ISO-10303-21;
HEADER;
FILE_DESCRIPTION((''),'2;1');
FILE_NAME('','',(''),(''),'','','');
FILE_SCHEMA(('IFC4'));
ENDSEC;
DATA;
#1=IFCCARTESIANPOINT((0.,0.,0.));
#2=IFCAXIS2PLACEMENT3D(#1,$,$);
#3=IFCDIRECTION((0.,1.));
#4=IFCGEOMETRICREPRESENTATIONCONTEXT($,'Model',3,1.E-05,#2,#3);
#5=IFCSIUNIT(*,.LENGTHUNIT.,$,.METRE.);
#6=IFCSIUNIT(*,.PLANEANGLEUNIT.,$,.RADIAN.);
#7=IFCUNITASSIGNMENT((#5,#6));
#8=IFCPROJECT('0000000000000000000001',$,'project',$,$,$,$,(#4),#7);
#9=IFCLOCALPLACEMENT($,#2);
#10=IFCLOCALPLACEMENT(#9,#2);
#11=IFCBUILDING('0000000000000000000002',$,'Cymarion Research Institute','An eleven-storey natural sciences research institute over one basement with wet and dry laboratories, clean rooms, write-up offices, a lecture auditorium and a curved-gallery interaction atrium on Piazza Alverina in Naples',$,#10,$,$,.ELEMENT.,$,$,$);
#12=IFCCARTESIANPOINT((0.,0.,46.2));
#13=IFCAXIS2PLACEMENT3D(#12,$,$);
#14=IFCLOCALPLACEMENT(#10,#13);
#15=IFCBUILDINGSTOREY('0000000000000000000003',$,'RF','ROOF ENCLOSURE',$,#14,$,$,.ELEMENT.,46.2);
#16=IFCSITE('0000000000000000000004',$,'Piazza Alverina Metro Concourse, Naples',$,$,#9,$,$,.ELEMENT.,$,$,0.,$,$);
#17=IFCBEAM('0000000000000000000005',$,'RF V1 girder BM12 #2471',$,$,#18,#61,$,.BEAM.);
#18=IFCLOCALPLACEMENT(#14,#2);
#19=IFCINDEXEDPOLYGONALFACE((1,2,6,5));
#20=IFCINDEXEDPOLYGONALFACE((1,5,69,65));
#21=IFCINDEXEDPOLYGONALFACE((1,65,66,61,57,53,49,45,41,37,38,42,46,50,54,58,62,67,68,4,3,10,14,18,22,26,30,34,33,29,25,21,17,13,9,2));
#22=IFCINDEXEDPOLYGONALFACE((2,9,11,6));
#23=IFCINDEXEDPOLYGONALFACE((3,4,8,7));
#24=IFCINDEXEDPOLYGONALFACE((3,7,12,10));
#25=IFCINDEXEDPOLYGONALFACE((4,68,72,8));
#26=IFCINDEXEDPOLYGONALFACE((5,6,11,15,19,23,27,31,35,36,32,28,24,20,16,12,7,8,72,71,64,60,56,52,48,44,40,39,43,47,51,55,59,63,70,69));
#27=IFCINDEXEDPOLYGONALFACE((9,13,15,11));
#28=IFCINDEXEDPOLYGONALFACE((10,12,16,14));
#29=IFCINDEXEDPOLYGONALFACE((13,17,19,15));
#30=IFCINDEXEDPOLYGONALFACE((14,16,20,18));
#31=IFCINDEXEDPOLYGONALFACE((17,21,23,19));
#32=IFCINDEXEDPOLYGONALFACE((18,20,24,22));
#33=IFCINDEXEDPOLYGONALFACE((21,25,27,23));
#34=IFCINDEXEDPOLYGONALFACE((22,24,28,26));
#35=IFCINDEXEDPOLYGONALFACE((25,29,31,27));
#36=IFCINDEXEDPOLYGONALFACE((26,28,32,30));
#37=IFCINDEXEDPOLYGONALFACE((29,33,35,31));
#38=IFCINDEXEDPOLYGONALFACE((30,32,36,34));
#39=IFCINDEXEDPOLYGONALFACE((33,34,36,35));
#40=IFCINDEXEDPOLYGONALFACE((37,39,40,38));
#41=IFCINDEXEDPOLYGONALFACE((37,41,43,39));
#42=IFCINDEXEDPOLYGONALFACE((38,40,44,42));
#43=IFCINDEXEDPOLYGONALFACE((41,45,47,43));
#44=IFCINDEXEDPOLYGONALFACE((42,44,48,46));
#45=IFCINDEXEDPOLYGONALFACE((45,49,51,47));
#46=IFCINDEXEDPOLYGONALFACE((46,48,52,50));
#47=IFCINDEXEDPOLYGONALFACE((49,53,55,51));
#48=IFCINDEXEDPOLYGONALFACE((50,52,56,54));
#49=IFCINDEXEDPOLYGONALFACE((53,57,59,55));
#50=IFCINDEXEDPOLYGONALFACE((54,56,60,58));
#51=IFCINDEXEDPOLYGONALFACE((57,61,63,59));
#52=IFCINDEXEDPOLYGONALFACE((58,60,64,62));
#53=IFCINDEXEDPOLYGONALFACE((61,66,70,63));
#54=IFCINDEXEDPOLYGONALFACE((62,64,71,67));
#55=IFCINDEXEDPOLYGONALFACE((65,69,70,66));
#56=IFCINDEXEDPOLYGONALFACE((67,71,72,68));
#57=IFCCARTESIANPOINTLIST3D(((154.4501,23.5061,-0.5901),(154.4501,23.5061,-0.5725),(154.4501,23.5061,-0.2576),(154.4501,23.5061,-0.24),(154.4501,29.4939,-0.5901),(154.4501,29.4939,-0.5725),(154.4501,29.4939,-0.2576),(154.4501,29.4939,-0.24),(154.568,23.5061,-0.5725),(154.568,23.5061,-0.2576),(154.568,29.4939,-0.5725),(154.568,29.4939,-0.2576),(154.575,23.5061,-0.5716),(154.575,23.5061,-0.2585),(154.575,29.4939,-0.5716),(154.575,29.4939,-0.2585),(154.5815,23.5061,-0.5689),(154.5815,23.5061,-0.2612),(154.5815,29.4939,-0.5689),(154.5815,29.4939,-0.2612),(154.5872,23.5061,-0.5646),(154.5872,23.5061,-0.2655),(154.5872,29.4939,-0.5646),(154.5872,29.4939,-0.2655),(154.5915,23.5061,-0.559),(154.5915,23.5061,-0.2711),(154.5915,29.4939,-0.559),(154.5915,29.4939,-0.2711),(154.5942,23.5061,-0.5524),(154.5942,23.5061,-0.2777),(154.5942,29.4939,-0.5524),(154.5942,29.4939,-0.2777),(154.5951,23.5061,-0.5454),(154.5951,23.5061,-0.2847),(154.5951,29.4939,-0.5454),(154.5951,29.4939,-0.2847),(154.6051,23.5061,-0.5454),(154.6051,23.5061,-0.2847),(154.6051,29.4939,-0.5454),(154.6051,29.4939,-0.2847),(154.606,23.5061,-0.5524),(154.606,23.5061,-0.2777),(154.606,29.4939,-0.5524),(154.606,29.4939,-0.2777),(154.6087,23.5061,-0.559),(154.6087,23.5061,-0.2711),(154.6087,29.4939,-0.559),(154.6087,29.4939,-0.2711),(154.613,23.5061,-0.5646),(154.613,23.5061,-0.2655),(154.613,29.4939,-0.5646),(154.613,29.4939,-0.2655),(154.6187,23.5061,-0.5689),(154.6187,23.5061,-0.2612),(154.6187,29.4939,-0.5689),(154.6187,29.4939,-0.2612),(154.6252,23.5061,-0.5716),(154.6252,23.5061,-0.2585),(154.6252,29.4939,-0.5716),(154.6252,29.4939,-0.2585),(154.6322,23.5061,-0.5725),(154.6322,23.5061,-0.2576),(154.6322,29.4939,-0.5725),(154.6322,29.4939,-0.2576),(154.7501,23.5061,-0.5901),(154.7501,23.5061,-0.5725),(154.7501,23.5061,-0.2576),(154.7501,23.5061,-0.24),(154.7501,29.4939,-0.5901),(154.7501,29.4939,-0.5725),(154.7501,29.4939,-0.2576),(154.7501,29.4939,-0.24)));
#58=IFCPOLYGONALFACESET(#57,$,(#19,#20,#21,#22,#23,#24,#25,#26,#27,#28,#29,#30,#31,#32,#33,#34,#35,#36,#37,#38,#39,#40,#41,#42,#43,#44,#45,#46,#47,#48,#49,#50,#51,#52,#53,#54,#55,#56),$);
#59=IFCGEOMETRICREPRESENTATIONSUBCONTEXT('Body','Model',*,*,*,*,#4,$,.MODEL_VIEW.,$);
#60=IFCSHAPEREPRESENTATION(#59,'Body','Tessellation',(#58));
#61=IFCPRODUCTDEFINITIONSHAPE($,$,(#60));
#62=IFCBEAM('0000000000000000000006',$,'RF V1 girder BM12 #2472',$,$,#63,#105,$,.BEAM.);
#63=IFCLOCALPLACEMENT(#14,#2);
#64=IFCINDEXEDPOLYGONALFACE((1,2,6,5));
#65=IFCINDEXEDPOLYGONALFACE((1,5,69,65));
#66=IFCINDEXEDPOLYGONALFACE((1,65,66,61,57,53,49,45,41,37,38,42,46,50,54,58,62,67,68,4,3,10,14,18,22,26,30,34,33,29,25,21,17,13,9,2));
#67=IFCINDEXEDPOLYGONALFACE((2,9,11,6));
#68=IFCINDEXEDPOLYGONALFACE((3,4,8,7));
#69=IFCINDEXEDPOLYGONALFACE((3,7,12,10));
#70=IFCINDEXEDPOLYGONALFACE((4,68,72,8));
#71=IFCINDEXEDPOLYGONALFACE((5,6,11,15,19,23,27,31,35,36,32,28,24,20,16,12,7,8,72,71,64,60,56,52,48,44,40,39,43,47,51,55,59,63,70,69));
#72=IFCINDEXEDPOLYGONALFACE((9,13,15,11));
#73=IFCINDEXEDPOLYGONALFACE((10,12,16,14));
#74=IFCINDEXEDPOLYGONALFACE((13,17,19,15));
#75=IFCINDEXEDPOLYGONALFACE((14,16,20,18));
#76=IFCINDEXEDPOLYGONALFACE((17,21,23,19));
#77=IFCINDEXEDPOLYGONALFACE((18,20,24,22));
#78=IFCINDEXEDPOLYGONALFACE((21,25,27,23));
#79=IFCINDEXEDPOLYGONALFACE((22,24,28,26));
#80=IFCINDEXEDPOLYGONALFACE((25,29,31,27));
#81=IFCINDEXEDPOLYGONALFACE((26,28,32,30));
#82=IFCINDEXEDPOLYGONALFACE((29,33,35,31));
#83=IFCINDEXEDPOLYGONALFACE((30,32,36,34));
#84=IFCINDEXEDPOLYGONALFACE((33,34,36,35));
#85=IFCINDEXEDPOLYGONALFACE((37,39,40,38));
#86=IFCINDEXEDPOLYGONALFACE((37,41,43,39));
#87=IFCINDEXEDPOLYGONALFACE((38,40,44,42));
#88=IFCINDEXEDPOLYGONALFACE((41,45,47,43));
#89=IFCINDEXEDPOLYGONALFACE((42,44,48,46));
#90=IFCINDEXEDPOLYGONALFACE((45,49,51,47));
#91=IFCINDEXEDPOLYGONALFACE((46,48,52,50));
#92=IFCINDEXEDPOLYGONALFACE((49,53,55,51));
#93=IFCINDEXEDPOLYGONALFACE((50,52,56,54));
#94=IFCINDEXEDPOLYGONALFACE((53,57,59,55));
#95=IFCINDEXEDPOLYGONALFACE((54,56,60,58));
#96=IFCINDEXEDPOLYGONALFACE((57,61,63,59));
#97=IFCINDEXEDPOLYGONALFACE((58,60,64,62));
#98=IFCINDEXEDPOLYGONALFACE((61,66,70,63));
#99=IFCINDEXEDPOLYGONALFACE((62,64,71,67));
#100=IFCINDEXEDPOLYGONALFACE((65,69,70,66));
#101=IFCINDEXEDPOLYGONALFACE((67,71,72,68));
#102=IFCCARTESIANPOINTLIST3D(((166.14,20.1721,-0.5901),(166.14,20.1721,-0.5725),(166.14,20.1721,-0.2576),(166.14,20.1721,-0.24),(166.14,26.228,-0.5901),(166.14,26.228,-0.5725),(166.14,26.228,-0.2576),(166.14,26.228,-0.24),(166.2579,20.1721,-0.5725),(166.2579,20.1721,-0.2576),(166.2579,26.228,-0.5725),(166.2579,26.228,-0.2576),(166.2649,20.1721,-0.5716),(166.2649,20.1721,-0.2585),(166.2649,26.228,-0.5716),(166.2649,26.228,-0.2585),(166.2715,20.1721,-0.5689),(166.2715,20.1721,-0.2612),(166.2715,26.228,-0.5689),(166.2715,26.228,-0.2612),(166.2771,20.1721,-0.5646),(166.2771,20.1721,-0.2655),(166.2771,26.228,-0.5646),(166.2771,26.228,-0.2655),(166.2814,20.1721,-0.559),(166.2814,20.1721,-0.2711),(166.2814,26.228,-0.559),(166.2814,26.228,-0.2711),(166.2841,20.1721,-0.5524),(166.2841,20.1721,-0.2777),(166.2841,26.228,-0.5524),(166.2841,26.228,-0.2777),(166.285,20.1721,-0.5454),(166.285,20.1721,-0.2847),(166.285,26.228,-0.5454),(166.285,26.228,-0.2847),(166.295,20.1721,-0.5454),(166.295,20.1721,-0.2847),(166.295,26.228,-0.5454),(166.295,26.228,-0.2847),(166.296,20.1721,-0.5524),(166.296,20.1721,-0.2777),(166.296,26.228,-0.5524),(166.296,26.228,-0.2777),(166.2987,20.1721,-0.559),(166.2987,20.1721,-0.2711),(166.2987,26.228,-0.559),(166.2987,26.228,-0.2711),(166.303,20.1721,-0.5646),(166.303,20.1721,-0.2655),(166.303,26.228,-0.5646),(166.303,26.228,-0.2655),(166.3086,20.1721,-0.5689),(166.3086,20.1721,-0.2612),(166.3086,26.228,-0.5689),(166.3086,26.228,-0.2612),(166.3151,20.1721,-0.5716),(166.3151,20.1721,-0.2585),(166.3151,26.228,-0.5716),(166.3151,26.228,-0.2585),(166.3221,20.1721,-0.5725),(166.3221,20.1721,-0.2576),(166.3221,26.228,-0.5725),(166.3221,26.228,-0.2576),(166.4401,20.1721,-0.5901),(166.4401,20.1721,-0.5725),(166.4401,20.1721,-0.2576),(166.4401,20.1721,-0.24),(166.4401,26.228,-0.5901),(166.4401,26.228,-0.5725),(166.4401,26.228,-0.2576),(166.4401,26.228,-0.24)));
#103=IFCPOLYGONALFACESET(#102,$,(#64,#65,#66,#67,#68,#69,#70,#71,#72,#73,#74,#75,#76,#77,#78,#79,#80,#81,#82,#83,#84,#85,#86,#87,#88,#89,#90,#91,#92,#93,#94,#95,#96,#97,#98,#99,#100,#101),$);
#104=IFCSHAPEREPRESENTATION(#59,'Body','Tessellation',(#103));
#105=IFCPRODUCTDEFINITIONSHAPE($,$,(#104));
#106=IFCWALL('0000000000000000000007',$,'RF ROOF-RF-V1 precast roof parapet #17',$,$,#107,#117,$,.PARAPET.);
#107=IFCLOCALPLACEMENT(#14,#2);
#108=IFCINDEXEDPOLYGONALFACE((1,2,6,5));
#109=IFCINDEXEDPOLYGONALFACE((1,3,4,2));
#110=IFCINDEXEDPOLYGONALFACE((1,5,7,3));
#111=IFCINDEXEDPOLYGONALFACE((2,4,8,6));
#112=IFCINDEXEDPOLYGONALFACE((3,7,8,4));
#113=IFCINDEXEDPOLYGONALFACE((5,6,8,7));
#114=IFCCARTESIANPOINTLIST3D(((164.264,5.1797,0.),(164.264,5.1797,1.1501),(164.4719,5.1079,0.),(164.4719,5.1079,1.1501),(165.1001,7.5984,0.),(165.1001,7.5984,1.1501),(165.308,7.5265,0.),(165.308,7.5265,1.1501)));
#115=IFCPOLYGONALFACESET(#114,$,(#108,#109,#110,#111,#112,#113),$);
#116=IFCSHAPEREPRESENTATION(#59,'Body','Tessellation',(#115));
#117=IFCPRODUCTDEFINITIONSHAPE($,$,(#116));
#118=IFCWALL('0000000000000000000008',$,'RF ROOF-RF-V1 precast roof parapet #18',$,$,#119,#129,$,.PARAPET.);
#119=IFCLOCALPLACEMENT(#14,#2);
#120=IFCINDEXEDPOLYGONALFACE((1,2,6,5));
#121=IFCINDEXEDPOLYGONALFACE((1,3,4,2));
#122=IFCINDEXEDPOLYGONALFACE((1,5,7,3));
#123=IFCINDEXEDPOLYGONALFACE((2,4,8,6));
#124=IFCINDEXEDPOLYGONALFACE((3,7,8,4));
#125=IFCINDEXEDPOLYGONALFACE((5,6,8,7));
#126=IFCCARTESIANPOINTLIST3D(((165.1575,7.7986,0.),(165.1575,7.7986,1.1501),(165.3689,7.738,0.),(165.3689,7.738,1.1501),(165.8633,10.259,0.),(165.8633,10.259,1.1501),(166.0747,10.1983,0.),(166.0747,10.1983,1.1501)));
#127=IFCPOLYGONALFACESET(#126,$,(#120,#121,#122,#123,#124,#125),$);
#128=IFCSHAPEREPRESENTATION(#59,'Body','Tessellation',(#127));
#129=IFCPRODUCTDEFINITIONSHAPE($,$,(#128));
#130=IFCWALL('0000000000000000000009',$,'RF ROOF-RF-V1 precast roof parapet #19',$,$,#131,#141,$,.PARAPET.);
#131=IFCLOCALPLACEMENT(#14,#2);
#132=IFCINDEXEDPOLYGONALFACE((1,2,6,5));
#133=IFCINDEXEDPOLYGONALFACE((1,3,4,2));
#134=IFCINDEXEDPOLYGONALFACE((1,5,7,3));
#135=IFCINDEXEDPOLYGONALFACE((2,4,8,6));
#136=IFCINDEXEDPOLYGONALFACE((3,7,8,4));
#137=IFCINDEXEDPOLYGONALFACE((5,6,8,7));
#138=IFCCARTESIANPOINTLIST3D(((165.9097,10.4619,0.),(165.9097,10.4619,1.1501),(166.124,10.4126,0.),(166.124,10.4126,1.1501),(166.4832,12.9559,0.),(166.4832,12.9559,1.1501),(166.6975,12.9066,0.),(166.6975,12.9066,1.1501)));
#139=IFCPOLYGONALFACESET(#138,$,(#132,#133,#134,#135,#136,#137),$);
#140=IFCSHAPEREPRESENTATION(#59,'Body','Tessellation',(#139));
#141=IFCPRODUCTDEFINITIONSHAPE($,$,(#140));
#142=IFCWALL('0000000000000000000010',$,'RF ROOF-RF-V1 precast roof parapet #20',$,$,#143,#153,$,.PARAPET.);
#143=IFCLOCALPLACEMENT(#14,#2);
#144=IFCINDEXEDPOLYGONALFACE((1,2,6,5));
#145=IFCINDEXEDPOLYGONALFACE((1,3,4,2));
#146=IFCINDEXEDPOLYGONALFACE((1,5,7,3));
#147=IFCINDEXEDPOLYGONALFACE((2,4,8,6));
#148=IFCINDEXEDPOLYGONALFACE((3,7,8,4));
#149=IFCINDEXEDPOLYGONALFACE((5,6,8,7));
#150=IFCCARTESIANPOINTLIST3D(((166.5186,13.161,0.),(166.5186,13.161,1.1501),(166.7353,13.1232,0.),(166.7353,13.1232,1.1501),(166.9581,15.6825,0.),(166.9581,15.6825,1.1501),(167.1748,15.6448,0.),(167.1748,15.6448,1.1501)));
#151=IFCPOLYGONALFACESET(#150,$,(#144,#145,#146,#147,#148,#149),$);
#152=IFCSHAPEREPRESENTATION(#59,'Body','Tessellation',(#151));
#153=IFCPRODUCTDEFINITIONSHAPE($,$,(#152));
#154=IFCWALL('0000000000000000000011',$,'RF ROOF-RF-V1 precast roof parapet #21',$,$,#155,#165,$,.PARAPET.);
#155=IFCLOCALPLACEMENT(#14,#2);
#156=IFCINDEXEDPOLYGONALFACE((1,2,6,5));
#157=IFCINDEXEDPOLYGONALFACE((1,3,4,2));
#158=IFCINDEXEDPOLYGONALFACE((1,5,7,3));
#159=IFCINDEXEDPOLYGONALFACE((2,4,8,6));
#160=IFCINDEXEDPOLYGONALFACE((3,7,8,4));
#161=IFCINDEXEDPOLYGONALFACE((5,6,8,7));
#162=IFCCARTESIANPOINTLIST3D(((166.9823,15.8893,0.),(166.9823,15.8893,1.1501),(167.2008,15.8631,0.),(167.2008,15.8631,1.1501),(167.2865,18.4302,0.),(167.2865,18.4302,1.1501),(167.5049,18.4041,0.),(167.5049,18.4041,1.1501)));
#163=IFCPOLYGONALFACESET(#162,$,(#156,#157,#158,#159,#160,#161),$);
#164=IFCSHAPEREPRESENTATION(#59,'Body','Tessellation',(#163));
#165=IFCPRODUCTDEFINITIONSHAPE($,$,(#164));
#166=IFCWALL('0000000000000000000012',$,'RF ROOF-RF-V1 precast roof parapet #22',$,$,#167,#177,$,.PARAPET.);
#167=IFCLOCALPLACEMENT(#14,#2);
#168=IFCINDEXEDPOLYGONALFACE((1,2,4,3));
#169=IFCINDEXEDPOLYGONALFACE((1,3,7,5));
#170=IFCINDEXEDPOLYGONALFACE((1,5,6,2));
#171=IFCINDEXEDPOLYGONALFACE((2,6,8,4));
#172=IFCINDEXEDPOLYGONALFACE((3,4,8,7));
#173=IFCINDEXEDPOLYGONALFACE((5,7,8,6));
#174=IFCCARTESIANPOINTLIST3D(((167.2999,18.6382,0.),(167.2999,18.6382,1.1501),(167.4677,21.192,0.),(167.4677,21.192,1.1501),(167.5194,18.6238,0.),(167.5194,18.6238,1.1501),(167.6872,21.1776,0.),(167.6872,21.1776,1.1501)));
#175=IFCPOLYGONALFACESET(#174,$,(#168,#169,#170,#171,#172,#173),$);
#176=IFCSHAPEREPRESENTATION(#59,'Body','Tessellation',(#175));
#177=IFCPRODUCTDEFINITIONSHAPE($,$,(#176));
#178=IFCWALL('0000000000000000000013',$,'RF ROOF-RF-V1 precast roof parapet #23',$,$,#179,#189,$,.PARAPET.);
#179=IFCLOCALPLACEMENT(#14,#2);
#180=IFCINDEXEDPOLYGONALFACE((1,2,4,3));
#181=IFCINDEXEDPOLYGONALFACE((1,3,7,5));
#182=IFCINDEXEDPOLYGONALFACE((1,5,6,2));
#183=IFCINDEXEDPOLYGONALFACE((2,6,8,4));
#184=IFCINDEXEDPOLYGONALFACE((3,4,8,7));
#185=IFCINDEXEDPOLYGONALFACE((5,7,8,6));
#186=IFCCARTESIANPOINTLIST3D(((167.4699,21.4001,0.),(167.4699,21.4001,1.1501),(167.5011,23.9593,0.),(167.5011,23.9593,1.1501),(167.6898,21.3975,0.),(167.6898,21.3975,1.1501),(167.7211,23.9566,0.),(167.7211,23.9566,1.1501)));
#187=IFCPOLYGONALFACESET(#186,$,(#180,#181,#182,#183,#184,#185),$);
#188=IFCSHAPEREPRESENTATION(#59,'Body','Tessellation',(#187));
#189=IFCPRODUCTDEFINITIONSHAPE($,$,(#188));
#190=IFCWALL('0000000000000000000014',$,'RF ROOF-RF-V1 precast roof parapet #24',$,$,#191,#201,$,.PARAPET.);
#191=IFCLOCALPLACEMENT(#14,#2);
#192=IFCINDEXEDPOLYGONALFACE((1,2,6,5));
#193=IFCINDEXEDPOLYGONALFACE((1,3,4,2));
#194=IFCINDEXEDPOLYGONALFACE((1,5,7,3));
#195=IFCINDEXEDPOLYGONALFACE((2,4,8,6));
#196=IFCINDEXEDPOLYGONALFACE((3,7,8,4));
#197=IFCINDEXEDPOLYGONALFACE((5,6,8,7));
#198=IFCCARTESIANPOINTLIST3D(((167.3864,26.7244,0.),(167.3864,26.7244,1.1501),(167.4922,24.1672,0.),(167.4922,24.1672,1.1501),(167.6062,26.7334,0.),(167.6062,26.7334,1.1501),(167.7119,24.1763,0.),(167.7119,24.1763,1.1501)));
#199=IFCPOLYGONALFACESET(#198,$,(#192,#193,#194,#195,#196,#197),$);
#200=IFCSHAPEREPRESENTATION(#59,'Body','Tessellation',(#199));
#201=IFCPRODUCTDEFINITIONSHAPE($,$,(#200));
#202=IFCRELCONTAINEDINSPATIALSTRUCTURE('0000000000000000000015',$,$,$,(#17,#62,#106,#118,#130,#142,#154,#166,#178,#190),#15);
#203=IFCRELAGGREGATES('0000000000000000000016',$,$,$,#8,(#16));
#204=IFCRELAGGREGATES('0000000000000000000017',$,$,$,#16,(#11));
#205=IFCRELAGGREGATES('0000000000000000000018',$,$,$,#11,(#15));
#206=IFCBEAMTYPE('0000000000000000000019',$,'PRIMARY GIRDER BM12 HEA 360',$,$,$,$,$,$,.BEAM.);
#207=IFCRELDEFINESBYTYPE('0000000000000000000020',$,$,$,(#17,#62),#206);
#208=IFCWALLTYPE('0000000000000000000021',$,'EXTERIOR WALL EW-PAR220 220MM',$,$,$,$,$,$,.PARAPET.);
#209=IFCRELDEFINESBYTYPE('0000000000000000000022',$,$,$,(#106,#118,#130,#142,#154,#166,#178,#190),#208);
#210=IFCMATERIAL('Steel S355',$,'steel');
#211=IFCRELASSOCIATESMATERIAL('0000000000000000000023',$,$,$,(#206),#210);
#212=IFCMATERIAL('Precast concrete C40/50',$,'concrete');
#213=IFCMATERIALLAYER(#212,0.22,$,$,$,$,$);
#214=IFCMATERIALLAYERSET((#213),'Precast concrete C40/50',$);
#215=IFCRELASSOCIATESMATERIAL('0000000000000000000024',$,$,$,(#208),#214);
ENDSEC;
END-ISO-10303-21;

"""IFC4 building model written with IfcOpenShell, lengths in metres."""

from ifc_helpers import new_model, si_unit, direction, frame, frame_2d, origin, origin_2d, place, context, subcontext, project, spatial, rectangle, i_section, extrude, material, layer, layer_set, material_profile, profile_set, type_object, element, save


model = new_model("IFC4")

# Units and contexts
model_context = context("Model", 3, precision=1e-05, world=origin(), true_north=direction((0.0, 1.0)))
body_context = subcontext(model_context, "Body", "Model", "MODEL_VIEW")
ifc_project = project(units=[si_unit("LENGTHUNIT", "METRE"), si_unit("PLANEANGLEUNIT", "RADIAN")], contexts=[model_context])

# Site, building, storey
site_placement = place(None, origin())
site = spatial("IfcSite", under=ifc_project, at=site_placement, Name="Piazza Alverina Metro Concourse, Naples", CompositionType="ELEMENT", RefElevation=0.0)
building_placement = place(site_placement, origin())
building = spatial("IfcBuilding", under=site, at=building_placement, Name="Cymarion Research Institute", Description="An eleven-storey natural sciences research institute over one basement with wet and dry laboratories, clean rooms, write-up offices, a lecture auditorium and a curved-gallery interaction atrium on Piazza Alverina in Naples", CompositionType="ELEMENT")
storey_placement = place(building_placement, frame((0.0, 0.0, 46.2)))
storey = spatial("IfcBuildingStorey", under=building, at=storey_placement, Name="RF", Description="ROOF ENCLOSURE", CompositionType="ELEMENT", Elevation=46.2)

# Beams
ifc_material_1 = material(Name="Steel S355", Category="steel")
ifc_material_profile_1 = material_profile(ifc_material_1, i_section(OverallWidth=0.3, OverallDepth=0.3501, WebThickness=0.01, FlangeThickness=0.0176, FilletRadius=0.0271, at=origin_2d()), Name="HEA 360")
ifc_profile_set_1 = profile_set([ifc_material_profile_1], Name="Steel S355")
beam_type_1 = type_object("IfcBeamType", Name="PRIMARY GIRDER BM12 HEA 360", PredefinedType="BEAM", material=ifc_profile_set_1)
for number, where, z_axis, x_axis, name in (
    (1, (154.6001, 23.5061, -0.415), (0.0, 1.0, 0.0), (-1.0, 0.0, 0.0), "RF V1 girder BM12 #2471"),
):
    element("IfcBeam", number, at=place(storey_placement, frame(where, z_axis=z_axis, x_axis=x_axis)), inside=storey, type_object=beam_type_1, Name=name, PredefinedType="BEAM", context=body_context, shape_type="SweptSolid", body=[
        extrude(i_section(OverallWidth=0.3, OverallDepth=0.3501, WebThickness=0.01, FlangeThickness=0.0176, FilletRadius=0.0271, at=origin_2d()), origin(), (0.0, 0.0, 1.0), 5.9878),
    ])
beam_1_placement = place(storey_placement, frame((166.29, 20.1721, -0.415), z_axis=(0.0, 1.0, 0.0), x_axis=(-1.0, 0.0, 0.0)))
element("IfcBeam", 2, at=beam_1_placement, inside=storey, type_object=beam_type_1, Name="RF V1 girder BM12 #2472", PredefinedType="BEAM", context=body_context, shape_type="SweptSolid", body=[
    extrude(i_section(OverallWidth=0.3, OverallDepth=0.3501, WebThickness=0.01, FlangeThickness=0.0176, FilletRadius=0.0271, at=origin_2d()), origin(), (0.0, 0.0, 1.0), 6.0559),
])

# Walls
ifc_material_2 = material(Name="Precast concrete C40/50", Category="concrete")
ifc_layer = layer(ifc_material_2, 0.22)
ifc_layer_set = layer_set([ifc_layer], Name="Precast concrete C40/50")
wall_type = type_object("IfcWallType", Name="EXTERIOR WALL EW-PAR220 220MM", PredefinedType="PARAPET", material=ifc_layer_set)
wall_1_placement = place(storey_placement, frame((164.3679, 5.1438, 0.0), z_axis=(0.0, 0.0, 1.0), x_axis=(0.32674, 0.945114, 0.0)))
element("IfcWall", 3, at=wall_1_placement, inside=storey, type_object=wall_type, Name="RF ROOF-RF-V1 precast roof parapet #17", PredefinedType="PARAPET", context=body_context, shape_type="SweptSolid", body=[
    extrude(rectangle(XDim=2.5591, YDim=0.22, at=frame_2d((1.2795, 0.0))), origin(), (0.0, 0.0, 1.0), 1.1501),
])
wall_2_placement = place(storey_placement, frame((165.2632, 7.7683, 0.0), z_axis=(0.0, 0.0, 1.0), x_axis=(0.275767, 0.961225, 0.0)))
element("IfcWall", 4, at=wall_2_placement, inside=storey, type_object=wall_type, Name="RF ROOF-RF-V1 precast roof parapet #18", PredefinedType="PARAPET", context=body_context, shape_type="SweptSolid", body=[
    extrude(rectangle(XDim=2.5596, YDim=0.22, at=frame_2d((1.2798, 0.0))), origin(), (0.0, 0.0, 1.0), 1.1501),
])
wall_3_placement = place(storey_placement, frame((166.0168, 10.4373, 0.0), z_axis=(0.0, 0.0, 1.0), x_axis=(0.224107, 0.974565, 0.0)))
element("IfcWall", 5, at=wall_3_placement, inside=storey, type_object=wall_type, Name="RF ROOF-RF-V1 precast roof parapet #19", PredefinedType="PARAPET", context=body_context, shape_type="SweptSolid", body=[
    extrude(rectangle(XDim=2.5591, YDim=0.22, at=frame_2d((1.2795, 0.0))), origin(), (0.0, 0.0, 1.0), 1.1501),
])
wall_4_placement = place(storey_placement, frame((166.627, 13.1421, 0.0), z_axis=(0.0, 0.0, 1.0), x_axis=(0.171695, 0.98515, 0.0)))
element("IfcWall", 6, at=wall_4_placement, inside=storey, type_object=wall_type, Name="RF ROOF-RF-V1 precast roof parapet #20", PredefinedType="PARAPET", context=body_context, shape_type="SweptSolid", body=[
    extrude(rectangle(XDim=2.5596, YDim=0.22, at=frame_2d((1.2798, 0.0))), origin(), (0.0, 0.0, 1.0), 1.1501),
])
wall_5_placement = place(storey_placement, frame((167.0916, 15.8762, 0.0), z_axis=(0.0, 0.0, 1.0), x_axis=(0.118867, 0.99291, 0.0)))
element("IfcWall", 7, at=wall_5_placement, inside=storey, type_object=wall_type, Name="RF ROOF-RF-V1 precast roof parapet #21", PredefinedType="PARAPET", context=body_context, shape_type="SweptSolid", body=[
    extrude(rectangle(XDim=2.5591, YDim=0.22, at=frame_2d((1.2795, 0.0))), origin(), (0.0, 0.0, 1.0), 1.1501),
])
for number, where, z_axis, x_axis, name in (
    (8, (167.4097, 18.6309, 0.0), (0.0, 0.0, 1.0), (0.065538, 0.99785, 0.0), "RF ROOF-RF-V1 precast roof parapet #22"),
    (9, (167.5798, 21.3987, 0.0), (0.0, 0.0, 1.0), (0.01221, 0.999925, 0.0), "RF ROOF-RF-V1 precast roof parapet #23"),
    (10, (167.6021, 24.1716, 0.0), (0.0, 0.0, 1.0), (-0.041305, 0.999147, 0.0), "RF ROOF-RF-V1 precast roof parapet #24"),
):
    element("IfcWall", number, at=place(storey_placement, frame(where, z_axis=z_axis, x_axis=x_axis)), inside=storey, type_object=wall_type, Name=name, PredefinedType="PARAPET", context=body_context, shape_type="SweptSolid", body=[
        extrude(rectangle(XDim=2.5593, YDim=0.22, at=frame_2d((1.2798, 0.0))), origin(), (0.0, 0.0, 1.0), 1.1501),
    ])

save(model, "model.ifc")
